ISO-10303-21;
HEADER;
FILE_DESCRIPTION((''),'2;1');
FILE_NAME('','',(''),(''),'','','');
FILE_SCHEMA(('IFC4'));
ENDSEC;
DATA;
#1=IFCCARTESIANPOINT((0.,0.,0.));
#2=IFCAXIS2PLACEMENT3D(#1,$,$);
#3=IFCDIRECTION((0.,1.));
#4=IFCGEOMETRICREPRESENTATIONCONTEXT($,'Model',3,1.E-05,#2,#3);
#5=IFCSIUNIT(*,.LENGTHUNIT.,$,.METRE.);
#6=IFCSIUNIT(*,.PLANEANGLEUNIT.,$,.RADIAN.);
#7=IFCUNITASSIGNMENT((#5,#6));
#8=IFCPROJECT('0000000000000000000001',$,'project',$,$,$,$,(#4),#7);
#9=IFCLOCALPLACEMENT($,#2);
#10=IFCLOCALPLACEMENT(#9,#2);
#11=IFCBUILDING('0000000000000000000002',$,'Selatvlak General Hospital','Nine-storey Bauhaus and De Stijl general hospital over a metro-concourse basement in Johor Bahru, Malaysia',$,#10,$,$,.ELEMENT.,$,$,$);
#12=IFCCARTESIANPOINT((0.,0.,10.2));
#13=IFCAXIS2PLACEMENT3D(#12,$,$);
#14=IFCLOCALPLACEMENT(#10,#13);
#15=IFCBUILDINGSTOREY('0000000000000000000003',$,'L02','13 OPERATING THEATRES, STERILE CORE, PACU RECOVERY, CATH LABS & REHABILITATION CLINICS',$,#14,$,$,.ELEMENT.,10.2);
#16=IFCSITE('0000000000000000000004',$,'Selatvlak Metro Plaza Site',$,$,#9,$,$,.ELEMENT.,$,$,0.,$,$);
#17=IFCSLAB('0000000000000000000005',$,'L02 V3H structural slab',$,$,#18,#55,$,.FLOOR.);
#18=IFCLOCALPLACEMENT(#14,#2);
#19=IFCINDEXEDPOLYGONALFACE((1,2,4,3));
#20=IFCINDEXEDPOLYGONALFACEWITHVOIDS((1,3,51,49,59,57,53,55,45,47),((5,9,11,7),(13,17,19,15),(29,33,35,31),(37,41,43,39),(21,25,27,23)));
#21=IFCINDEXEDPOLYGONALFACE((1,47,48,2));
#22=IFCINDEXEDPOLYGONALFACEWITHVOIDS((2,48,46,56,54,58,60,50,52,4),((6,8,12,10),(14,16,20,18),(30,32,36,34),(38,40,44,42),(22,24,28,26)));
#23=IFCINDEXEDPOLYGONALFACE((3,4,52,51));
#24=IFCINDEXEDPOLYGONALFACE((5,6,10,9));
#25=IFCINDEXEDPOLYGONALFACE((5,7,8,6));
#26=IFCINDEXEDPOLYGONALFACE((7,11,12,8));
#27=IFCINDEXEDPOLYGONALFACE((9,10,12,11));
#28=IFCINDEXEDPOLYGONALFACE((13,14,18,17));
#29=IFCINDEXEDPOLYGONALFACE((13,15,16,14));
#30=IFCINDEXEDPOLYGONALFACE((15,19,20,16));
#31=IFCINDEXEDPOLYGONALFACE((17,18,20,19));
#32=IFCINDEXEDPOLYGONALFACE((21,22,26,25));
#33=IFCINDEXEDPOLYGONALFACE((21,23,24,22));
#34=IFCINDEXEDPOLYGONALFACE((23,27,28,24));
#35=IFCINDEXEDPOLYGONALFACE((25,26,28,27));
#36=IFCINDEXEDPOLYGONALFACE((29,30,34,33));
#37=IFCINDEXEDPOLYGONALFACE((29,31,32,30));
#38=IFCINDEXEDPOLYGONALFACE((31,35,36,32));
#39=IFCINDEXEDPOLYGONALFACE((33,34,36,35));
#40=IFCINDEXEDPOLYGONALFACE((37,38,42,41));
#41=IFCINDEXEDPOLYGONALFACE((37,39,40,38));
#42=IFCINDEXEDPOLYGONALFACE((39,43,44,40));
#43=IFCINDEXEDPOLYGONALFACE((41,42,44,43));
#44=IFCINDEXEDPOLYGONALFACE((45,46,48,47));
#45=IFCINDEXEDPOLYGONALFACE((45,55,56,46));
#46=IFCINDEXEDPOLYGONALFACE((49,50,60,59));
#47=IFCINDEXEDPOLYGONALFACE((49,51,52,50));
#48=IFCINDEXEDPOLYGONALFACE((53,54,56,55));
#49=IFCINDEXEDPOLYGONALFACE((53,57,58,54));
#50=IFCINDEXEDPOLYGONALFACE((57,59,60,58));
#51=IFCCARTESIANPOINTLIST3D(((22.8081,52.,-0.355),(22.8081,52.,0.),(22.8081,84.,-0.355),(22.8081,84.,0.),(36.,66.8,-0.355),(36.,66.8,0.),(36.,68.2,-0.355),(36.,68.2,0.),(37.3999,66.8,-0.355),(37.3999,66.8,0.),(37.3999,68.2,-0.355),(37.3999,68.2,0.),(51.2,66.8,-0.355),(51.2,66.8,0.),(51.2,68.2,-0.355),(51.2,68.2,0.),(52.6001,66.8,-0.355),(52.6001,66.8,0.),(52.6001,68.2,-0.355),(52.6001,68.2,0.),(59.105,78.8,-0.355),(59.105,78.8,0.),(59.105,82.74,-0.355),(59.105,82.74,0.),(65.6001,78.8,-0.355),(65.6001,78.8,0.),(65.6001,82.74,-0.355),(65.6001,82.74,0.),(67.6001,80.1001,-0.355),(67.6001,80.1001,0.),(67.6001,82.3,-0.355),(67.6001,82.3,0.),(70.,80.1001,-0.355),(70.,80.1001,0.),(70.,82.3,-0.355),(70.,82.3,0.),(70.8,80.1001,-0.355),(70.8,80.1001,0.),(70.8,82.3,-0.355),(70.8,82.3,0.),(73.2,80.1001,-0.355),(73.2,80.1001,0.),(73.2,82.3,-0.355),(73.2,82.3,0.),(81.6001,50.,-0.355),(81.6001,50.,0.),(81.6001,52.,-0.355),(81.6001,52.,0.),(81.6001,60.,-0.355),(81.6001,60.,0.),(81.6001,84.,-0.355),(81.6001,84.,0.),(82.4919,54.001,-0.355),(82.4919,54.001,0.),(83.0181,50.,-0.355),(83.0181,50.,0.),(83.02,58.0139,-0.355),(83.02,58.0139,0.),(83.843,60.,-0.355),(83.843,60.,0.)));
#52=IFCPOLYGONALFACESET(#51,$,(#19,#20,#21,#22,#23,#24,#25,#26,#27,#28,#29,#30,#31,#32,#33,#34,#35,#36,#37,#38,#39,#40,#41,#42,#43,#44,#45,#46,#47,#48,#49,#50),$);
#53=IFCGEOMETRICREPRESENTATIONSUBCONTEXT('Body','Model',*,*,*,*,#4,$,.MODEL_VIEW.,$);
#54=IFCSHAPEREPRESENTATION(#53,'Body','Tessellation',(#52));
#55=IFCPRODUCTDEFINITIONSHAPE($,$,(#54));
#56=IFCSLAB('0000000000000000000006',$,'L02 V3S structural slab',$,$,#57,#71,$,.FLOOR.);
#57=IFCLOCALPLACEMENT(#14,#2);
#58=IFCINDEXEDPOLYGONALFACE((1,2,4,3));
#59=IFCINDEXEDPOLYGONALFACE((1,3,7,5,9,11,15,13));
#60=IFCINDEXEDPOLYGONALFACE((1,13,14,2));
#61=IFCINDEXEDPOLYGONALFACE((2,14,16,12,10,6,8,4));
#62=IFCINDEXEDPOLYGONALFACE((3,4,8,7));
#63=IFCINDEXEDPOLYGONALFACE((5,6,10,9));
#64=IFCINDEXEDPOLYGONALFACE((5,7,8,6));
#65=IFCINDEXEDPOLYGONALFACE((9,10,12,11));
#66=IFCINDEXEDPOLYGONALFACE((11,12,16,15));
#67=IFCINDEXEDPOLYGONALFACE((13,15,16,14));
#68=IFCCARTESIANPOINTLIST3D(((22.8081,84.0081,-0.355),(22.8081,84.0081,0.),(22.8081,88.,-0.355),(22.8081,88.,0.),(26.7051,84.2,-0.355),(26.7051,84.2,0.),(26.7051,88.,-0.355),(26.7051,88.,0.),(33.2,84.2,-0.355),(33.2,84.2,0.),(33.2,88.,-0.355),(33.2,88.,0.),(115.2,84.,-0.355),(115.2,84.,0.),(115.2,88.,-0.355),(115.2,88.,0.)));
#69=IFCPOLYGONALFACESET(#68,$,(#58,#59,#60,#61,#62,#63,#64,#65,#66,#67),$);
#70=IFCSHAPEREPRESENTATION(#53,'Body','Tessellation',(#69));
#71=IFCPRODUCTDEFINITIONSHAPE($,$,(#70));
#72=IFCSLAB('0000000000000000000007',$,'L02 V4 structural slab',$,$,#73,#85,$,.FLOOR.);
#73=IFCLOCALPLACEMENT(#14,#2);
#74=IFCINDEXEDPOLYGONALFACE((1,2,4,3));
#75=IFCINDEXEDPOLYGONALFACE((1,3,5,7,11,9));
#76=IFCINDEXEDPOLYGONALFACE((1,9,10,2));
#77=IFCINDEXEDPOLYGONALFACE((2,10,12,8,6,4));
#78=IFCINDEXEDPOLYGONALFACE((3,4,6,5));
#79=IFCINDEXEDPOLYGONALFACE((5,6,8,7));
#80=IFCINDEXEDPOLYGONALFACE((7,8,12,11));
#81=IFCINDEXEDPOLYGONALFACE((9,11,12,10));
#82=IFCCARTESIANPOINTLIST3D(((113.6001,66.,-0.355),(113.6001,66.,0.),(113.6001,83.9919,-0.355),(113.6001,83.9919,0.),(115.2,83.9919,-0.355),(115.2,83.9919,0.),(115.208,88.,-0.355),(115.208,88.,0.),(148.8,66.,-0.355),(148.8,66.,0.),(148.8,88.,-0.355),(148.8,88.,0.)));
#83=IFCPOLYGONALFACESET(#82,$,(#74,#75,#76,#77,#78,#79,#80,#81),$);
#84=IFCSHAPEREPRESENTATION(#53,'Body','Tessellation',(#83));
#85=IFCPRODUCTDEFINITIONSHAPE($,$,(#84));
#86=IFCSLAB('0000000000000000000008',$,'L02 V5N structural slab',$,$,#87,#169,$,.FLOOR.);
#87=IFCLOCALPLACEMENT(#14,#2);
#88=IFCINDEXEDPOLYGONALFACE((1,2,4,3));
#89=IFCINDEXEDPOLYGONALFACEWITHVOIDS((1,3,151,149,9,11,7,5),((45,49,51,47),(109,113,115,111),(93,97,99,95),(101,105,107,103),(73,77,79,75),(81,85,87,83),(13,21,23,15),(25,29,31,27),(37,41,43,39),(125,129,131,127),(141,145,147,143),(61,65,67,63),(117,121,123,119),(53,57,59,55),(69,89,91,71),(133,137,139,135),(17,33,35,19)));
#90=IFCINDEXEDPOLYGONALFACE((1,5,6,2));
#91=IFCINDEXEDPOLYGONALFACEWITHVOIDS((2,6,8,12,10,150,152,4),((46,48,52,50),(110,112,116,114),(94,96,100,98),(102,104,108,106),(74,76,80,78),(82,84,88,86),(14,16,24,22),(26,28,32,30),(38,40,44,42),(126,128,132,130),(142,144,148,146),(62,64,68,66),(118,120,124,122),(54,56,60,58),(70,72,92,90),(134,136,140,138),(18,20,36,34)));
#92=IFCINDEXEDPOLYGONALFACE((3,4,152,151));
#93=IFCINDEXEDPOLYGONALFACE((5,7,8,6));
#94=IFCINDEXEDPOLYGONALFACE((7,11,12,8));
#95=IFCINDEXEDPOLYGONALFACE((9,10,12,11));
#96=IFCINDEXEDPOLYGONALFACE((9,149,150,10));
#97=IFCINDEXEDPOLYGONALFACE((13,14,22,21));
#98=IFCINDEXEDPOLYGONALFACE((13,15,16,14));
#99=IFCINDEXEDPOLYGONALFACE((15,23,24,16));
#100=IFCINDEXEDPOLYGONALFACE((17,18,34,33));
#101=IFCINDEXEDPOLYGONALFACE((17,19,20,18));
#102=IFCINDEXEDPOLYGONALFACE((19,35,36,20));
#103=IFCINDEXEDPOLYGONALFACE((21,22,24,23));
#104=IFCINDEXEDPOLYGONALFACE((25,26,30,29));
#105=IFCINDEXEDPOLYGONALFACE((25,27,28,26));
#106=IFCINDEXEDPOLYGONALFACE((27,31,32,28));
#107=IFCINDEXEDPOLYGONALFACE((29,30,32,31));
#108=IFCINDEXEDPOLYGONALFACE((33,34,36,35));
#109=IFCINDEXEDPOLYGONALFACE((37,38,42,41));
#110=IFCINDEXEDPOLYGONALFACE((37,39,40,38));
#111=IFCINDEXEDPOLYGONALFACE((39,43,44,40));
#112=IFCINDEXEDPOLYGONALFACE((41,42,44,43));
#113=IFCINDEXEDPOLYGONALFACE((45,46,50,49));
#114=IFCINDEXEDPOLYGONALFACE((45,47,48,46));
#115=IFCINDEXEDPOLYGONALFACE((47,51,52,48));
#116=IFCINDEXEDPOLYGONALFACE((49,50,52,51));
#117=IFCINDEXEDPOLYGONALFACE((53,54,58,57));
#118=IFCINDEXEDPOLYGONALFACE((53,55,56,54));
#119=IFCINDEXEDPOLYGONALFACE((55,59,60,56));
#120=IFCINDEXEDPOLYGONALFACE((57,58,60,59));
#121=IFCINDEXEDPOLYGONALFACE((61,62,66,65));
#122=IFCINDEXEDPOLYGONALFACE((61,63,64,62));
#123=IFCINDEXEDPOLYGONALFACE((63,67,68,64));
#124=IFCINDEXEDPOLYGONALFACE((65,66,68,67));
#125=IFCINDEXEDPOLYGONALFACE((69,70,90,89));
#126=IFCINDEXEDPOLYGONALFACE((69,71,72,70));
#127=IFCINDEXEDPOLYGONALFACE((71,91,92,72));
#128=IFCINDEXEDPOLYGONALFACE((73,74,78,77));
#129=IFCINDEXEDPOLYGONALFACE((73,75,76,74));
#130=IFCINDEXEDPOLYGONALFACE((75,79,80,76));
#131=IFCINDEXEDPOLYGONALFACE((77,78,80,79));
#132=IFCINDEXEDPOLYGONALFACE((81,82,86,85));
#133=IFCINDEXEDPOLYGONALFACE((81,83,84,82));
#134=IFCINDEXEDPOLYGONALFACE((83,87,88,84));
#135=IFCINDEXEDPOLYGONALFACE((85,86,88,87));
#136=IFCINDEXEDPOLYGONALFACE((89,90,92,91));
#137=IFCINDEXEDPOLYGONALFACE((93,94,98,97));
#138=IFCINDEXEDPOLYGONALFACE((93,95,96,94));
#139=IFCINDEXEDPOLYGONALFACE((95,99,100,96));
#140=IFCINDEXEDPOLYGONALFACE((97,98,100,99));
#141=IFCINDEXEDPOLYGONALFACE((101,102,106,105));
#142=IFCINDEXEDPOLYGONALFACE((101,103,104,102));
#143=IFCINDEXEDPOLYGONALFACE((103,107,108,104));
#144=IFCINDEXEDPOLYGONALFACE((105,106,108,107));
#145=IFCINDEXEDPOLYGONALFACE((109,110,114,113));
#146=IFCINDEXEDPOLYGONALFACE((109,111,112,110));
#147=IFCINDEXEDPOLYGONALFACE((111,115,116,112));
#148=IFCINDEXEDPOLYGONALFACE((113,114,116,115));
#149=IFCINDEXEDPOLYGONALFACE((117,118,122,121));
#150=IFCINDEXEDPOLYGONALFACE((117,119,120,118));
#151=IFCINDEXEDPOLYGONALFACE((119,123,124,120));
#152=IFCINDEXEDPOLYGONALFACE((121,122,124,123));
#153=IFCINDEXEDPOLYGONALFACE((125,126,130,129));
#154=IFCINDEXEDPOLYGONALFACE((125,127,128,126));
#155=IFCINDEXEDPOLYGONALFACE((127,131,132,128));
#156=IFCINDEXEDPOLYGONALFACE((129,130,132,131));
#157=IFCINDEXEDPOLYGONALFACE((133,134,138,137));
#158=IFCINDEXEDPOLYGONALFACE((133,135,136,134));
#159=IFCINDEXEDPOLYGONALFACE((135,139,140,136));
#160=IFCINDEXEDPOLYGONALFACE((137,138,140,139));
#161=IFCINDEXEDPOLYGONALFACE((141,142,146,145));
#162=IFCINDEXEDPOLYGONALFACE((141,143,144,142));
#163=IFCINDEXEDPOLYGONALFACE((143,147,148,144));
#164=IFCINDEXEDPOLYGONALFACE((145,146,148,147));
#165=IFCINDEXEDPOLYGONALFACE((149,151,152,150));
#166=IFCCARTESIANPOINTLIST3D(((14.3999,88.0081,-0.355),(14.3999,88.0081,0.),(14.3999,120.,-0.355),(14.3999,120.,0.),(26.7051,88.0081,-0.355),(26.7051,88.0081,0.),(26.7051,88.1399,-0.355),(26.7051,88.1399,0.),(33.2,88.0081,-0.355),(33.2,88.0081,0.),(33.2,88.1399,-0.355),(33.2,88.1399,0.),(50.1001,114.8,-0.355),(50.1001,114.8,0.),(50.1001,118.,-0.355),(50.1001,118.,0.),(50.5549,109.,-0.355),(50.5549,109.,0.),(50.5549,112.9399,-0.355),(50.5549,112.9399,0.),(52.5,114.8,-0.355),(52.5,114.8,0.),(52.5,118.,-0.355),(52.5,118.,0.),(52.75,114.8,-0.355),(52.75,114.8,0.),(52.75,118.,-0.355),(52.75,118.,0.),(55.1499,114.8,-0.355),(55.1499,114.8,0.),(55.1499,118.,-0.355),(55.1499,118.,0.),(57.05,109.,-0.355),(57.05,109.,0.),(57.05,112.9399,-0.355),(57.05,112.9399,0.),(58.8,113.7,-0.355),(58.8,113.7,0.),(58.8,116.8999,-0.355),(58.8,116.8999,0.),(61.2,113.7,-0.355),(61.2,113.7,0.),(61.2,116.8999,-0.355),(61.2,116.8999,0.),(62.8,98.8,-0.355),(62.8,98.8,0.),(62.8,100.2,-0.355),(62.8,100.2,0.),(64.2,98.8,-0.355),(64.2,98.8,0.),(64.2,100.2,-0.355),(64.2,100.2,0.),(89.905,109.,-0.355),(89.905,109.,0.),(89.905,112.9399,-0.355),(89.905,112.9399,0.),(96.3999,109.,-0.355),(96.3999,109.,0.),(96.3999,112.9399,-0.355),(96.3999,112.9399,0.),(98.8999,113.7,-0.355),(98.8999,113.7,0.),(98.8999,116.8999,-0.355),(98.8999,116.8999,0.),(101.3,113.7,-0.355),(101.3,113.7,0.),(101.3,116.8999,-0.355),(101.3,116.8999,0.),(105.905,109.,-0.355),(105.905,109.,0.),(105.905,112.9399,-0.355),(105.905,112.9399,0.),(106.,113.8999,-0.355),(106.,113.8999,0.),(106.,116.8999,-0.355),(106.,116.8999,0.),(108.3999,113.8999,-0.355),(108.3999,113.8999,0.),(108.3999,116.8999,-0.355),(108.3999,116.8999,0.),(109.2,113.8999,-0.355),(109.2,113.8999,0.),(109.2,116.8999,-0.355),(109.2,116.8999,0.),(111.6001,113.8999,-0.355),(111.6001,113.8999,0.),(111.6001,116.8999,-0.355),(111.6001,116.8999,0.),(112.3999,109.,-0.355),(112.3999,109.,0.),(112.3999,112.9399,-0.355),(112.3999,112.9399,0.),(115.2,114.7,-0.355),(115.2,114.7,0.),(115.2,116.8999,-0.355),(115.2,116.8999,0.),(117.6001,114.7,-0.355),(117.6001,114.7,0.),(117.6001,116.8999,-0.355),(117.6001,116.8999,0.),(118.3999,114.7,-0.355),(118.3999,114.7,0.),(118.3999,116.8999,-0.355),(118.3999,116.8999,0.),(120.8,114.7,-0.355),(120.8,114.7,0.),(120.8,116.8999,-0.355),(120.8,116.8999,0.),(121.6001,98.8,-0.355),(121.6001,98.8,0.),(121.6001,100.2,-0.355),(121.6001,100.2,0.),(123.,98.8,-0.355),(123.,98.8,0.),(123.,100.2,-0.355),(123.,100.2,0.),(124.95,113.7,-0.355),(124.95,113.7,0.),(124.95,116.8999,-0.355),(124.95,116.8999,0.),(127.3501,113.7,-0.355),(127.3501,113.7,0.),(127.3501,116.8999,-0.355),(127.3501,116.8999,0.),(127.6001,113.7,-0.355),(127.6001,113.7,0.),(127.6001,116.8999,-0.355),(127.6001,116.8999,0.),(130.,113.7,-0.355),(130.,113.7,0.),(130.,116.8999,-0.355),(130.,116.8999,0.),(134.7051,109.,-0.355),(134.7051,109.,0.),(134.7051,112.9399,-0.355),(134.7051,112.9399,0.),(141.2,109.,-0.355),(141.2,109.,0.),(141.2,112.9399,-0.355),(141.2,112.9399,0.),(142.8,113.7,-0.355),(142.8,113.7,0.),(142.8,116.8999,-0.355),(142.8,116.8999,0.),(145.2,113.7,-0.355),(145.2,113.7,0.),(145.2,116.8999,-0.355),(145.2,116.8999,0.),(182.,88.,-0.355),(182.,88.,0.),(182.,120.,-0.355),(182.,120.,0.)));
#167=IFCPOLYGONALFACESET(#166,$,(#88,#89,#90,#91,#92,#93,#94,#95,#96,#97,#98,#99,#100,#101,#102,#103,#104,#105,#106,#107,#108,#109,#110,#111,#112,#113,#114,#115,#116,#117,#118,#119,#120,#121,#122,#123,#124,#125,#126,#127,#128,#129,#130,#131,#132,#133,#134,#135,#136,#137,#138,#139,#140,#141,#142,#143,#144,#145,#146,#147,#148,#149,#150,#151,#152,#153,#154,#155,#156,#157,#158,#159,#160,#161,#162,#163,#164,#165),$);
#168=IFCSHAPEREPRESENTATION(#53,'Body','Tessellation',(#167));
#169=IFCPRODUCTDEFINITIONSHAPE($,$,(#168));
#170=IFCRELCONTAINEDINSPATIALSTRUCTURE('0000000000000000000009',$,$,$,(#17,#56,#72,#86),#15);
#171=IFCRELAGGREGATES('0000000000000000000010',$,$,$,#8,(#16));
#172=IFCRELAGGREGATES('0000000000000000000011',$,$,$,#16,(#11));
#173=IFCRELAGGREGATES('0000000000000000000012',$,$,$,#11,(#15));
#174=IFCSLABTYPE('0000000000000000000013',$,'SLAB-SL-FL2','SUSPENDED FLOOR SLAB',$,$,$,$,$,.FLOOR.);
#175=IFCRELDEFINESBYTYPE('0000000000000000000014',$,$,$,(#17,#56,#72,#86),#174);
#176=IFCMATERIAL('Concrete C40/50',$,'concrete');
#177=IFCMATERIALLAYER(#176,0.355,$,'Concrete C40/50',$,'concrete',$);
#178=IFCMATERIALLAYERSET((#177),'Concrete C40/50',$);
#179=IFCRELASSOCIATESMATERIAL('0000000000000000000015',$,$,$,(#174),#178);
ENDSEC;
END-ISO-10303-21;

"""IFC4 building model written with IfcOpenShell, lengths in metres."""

from ifc_helpers import new_model, si_unit, direction, frame, origin, place, context, subcontext, project, spatial, polyline, outline, extrude, material, layer, layer_set, type_object, element, save


model = new_model("IFC4")

# Units and contexts
model_context = context("Model", 3, precision=1e-05, world=origin(), true_north=direction((0.0, 1.0)))
body_context = subcontext(model_context, "Body", "Model", "MODEL_VIEW")
ifc_project = project(units=[si_unit("LENGTHUNIT", "METRE"), si_unit("PLANEANGLEUNIT", "RADIAN")], contexts=[model_context])

# Site, building, storey
site_placement = place(None, origin())
site = spatial("IfcSite", under=ifc_project, at=site_placement, Name="Selatvlak Metro Plaza Site", CompositionType="ELEMENT", RefElevation=0.0)
building_placement = place(site_placement, origin())
building = spatial("IfcBuilding", under=site, at=building_placement, Name="Selatvlak General Hospital", Description="Nine-storey Bauhaus and De Stijl general hospital over a metro-concourse basement in Johor Bahru, Malaysia", CompositionType="ELEMENT")
storey_placement = place(building_placement, frame((0.0, 0.0, 10.2)))
storey = spatial("IfcBuildingStorey", under=building, at=storey_placement, Name="L02", Description="13 OPERATING THEATRES, STERILE CORE, PACU RECOVERY, CATH LABS & REHABILITATION CLINICS", CompositionType="ELEMENT", Elevation=10.2)

# Shared definitions
ifc_material_1 = material(Name="Concrete C40/50", Category="concrete")

# Slabs
ifc_layer_1 = layer(ifc_material_1, 0.355, Name="Concrete C40/50", Category="concrete")
ifc_layer_set_1 = layer_set([ifc_layer_1], Name="Concrete C40/50")
slab_type_1 = type_object("IfcSlabType", Name="SLAB-SL-FL2", Description="SUSPENDED FLOOR SLAB", PredefinedType="FLOOR", material=ifc_layer_set_1)
slab_1_placement = place(storey_placement, frame((0.0, 0.0, -0.355)))
element("IfcSlab", 1, at=slab_1_placement, inside=storey, type_object=slab_type_1, Name="L02 V3H structural slab", PredefinedType="FLOOR", context=body_context, shape_type="SweptSolid", body=[
    extrude(outline(polyline([(83.02, 58.0139), (82.4919, 54.001), (83.0181, 50.0), (81.6001, 50.0), (81.6001, 52.0), (22.8081, 52.0), (22.8081, 84.0), (81.6001, 84.0), (81.6001, 60.0), (83.843, 60.0), (83.02, 58.0139)]), holes=[polyline([(65.6001, 78.8), (65.6001, 82.74), (59.105, 82.74), (59.105, 78.8), (65.6001, 78.8)]), polyline([(70.0, 80.1001), (70.0, 82.3), (67.6001, 82.3), (67.6001, 80.1001), (70.0, 80.1001)]), polyline([(70.8, 80.1001), (73.2, 80.1001), (73.2, 82.3), (70.8, 82.3), (70.8, 80.1001)]), polyline([(51.2, 68.2), (51.2, 66.8), (52.6001, 66.8), (52.6001, 68.2), (51.2, 68.2)]), polyline([(37.3999, 68.2), (36.0, 68.2), (36.0, 66.8), (37.3999, 66.8), (37.3999, 68.2)])]), origin(), (0.0, 0.0, 1.0), 0.355),
])
slab_2_placement = place(storey_placement, frame((0.0, 0.0, -0.355)))
element("IfcSlab", 2, at=slab_2_placement, inside=storey, type_object=slab_type_1, Name="L02 V3S structural slab", PredefinedType="FLOOR", context=body_context, shape_type="SweptSolid", body=[
    extrude(outline(polyline([(115.2, 84.0), (22.8081, 84.0081), (22.8081, 88.0), (26.7051, 88.0), (26.7051, 84.2), (33.2, 84.2), (33.2, 88.0), (115.2, 88.0), (115.2, 84.0)])), origin(), (0.0, 0.0, 1.0), 0.355),
])
slab_3_placement = place(storey_placement, frame((0.0, 0.0, -0.355)))
element("IfcSlab", 3, at=slab_3_placement, inside=storey, type_object=slab_type_1, Name="L02 V4 structural slab", PredefinedType="FLOOR", context=body_context, shape_type="SweptSolid", body=[
    extrude(outline(polyline([(113.6001, 83.9919), (115.2, 83.9919), (115.208, 88.0), (148.8, 88.0), (148.8, 66.0), (113.6001, 66.0), (113.6001, 83.9919)])), origin(), (0.0, 0.0, 1.0), 0.355),
])
slab_4_placement = place(storey_placement, frame((0.0, 0.0, -0.355)))
element("IfcSlab", 4, at=slab_4_placement, inside=storey, type_object=slab_type_1, Name="L02 V5N structural slab", PredefinedType="FLOOR", context=body_context, shape_type="SweptSolid", body=[
    extrude(outline(polyline([(33.2, 88.0081), (33.2, 88.1399), (26.7051, 88.1399), (26.7051, 88.0081), (14.3999, 88.0081), (14.3999, 120.0), (182.0, 120.0), (182.0, 88.0), (33.2, 88.0081)]), holes=[polyline([(57.05, 112.9399), (50.5549, 112.9399), (50.5549, 109.0), (57.05, 109.0), (57.05, 112.9399)]), polyline([(96.3999, 109.0), (96.3999, 112.9399), (89.905, 112.9399), (89.905, 109.0), (96.3999, 109.0)]), polyline([(105.905, 109.0), (112.3999, 109.0), (112.3999, 112.9399), (105.905, 112.9399), (105.905, 109.0)]), polyline([(134.7051, 112.9399), (134.7051, 109.0), (141.2, 109.0), (141.2, 112.9399), (134.7051, 112.9399)]), polyline([(61.2, 116.8999), (58.8, 116.8999), (58.8, 113.7), (61.2, 113.7), (61.2, 116.8999)]), polyline([(101.3, 113.7), (101.3, 116.8999), (98.8999, 116.8999), (98.8999, 113.7), (101.3, 113.7)]), polyline([(142.8, 113.7), (145.2, 113.7), (145.2, 116.8999), (142.8, 116.8999), (142.8, 113.7)]), polyline([(50.1001, 118.0), (50.1001, 114.8), (52.5, 114.8), (52.5, 118.0), (50.1001, 118.0)]), polyline([(55.1499, 118.0), (52.75, 118.0), (52.75, 114.8), (55.1499, 114.8), (55.1499, 118.0)]), polyline([(127.3501, 113.7), (127.3501, 116.8999), (124.95, 116.8999), (124.95, 113.7), (127.3501, 113.7)]), polyline([(127.6001, 113.7), (130.0, 113.7), (130.0, 116.8999), (127.6001, 116.8999), (127.6001, 113.7)]), polyline([(115.2, 116.8999), (115.2, 114.7), (117.6001, 114.7), (117.6001, 116.8999), (115.2, 116.8999)]), polyline([(120.8, 116.8999), (118.3999, 116.8999), (118.3999, 114.7), (120.8, 114.7), (120.8, 116.8999)]), polyline([(108.3999, 113.8999), (108.3999, 116.8999), (106.0, 116.8999), (106.0, 113.8999), (108.3999, 113.8999)]), polyline([(109.2, 113.8999), (111.6001, 113.8999), (111.6001, 116.8999), (109.2, 116.8999), (109.2, 113.8999)]), polyline([(62.8, 100.2), (62.8, 98.8), (64.2, 98.8), (64.2, 100.2), (62.8, 100.2)]), polyline([(123.0, 100.2), (121.6001, 100.2), (121.6001, 98.8), (123.0, 98.8), (123.0, 100.2)])]), origin(), (0.0, 0.0, 1.0), 0.355),
])

save(model, "model.ifc")
